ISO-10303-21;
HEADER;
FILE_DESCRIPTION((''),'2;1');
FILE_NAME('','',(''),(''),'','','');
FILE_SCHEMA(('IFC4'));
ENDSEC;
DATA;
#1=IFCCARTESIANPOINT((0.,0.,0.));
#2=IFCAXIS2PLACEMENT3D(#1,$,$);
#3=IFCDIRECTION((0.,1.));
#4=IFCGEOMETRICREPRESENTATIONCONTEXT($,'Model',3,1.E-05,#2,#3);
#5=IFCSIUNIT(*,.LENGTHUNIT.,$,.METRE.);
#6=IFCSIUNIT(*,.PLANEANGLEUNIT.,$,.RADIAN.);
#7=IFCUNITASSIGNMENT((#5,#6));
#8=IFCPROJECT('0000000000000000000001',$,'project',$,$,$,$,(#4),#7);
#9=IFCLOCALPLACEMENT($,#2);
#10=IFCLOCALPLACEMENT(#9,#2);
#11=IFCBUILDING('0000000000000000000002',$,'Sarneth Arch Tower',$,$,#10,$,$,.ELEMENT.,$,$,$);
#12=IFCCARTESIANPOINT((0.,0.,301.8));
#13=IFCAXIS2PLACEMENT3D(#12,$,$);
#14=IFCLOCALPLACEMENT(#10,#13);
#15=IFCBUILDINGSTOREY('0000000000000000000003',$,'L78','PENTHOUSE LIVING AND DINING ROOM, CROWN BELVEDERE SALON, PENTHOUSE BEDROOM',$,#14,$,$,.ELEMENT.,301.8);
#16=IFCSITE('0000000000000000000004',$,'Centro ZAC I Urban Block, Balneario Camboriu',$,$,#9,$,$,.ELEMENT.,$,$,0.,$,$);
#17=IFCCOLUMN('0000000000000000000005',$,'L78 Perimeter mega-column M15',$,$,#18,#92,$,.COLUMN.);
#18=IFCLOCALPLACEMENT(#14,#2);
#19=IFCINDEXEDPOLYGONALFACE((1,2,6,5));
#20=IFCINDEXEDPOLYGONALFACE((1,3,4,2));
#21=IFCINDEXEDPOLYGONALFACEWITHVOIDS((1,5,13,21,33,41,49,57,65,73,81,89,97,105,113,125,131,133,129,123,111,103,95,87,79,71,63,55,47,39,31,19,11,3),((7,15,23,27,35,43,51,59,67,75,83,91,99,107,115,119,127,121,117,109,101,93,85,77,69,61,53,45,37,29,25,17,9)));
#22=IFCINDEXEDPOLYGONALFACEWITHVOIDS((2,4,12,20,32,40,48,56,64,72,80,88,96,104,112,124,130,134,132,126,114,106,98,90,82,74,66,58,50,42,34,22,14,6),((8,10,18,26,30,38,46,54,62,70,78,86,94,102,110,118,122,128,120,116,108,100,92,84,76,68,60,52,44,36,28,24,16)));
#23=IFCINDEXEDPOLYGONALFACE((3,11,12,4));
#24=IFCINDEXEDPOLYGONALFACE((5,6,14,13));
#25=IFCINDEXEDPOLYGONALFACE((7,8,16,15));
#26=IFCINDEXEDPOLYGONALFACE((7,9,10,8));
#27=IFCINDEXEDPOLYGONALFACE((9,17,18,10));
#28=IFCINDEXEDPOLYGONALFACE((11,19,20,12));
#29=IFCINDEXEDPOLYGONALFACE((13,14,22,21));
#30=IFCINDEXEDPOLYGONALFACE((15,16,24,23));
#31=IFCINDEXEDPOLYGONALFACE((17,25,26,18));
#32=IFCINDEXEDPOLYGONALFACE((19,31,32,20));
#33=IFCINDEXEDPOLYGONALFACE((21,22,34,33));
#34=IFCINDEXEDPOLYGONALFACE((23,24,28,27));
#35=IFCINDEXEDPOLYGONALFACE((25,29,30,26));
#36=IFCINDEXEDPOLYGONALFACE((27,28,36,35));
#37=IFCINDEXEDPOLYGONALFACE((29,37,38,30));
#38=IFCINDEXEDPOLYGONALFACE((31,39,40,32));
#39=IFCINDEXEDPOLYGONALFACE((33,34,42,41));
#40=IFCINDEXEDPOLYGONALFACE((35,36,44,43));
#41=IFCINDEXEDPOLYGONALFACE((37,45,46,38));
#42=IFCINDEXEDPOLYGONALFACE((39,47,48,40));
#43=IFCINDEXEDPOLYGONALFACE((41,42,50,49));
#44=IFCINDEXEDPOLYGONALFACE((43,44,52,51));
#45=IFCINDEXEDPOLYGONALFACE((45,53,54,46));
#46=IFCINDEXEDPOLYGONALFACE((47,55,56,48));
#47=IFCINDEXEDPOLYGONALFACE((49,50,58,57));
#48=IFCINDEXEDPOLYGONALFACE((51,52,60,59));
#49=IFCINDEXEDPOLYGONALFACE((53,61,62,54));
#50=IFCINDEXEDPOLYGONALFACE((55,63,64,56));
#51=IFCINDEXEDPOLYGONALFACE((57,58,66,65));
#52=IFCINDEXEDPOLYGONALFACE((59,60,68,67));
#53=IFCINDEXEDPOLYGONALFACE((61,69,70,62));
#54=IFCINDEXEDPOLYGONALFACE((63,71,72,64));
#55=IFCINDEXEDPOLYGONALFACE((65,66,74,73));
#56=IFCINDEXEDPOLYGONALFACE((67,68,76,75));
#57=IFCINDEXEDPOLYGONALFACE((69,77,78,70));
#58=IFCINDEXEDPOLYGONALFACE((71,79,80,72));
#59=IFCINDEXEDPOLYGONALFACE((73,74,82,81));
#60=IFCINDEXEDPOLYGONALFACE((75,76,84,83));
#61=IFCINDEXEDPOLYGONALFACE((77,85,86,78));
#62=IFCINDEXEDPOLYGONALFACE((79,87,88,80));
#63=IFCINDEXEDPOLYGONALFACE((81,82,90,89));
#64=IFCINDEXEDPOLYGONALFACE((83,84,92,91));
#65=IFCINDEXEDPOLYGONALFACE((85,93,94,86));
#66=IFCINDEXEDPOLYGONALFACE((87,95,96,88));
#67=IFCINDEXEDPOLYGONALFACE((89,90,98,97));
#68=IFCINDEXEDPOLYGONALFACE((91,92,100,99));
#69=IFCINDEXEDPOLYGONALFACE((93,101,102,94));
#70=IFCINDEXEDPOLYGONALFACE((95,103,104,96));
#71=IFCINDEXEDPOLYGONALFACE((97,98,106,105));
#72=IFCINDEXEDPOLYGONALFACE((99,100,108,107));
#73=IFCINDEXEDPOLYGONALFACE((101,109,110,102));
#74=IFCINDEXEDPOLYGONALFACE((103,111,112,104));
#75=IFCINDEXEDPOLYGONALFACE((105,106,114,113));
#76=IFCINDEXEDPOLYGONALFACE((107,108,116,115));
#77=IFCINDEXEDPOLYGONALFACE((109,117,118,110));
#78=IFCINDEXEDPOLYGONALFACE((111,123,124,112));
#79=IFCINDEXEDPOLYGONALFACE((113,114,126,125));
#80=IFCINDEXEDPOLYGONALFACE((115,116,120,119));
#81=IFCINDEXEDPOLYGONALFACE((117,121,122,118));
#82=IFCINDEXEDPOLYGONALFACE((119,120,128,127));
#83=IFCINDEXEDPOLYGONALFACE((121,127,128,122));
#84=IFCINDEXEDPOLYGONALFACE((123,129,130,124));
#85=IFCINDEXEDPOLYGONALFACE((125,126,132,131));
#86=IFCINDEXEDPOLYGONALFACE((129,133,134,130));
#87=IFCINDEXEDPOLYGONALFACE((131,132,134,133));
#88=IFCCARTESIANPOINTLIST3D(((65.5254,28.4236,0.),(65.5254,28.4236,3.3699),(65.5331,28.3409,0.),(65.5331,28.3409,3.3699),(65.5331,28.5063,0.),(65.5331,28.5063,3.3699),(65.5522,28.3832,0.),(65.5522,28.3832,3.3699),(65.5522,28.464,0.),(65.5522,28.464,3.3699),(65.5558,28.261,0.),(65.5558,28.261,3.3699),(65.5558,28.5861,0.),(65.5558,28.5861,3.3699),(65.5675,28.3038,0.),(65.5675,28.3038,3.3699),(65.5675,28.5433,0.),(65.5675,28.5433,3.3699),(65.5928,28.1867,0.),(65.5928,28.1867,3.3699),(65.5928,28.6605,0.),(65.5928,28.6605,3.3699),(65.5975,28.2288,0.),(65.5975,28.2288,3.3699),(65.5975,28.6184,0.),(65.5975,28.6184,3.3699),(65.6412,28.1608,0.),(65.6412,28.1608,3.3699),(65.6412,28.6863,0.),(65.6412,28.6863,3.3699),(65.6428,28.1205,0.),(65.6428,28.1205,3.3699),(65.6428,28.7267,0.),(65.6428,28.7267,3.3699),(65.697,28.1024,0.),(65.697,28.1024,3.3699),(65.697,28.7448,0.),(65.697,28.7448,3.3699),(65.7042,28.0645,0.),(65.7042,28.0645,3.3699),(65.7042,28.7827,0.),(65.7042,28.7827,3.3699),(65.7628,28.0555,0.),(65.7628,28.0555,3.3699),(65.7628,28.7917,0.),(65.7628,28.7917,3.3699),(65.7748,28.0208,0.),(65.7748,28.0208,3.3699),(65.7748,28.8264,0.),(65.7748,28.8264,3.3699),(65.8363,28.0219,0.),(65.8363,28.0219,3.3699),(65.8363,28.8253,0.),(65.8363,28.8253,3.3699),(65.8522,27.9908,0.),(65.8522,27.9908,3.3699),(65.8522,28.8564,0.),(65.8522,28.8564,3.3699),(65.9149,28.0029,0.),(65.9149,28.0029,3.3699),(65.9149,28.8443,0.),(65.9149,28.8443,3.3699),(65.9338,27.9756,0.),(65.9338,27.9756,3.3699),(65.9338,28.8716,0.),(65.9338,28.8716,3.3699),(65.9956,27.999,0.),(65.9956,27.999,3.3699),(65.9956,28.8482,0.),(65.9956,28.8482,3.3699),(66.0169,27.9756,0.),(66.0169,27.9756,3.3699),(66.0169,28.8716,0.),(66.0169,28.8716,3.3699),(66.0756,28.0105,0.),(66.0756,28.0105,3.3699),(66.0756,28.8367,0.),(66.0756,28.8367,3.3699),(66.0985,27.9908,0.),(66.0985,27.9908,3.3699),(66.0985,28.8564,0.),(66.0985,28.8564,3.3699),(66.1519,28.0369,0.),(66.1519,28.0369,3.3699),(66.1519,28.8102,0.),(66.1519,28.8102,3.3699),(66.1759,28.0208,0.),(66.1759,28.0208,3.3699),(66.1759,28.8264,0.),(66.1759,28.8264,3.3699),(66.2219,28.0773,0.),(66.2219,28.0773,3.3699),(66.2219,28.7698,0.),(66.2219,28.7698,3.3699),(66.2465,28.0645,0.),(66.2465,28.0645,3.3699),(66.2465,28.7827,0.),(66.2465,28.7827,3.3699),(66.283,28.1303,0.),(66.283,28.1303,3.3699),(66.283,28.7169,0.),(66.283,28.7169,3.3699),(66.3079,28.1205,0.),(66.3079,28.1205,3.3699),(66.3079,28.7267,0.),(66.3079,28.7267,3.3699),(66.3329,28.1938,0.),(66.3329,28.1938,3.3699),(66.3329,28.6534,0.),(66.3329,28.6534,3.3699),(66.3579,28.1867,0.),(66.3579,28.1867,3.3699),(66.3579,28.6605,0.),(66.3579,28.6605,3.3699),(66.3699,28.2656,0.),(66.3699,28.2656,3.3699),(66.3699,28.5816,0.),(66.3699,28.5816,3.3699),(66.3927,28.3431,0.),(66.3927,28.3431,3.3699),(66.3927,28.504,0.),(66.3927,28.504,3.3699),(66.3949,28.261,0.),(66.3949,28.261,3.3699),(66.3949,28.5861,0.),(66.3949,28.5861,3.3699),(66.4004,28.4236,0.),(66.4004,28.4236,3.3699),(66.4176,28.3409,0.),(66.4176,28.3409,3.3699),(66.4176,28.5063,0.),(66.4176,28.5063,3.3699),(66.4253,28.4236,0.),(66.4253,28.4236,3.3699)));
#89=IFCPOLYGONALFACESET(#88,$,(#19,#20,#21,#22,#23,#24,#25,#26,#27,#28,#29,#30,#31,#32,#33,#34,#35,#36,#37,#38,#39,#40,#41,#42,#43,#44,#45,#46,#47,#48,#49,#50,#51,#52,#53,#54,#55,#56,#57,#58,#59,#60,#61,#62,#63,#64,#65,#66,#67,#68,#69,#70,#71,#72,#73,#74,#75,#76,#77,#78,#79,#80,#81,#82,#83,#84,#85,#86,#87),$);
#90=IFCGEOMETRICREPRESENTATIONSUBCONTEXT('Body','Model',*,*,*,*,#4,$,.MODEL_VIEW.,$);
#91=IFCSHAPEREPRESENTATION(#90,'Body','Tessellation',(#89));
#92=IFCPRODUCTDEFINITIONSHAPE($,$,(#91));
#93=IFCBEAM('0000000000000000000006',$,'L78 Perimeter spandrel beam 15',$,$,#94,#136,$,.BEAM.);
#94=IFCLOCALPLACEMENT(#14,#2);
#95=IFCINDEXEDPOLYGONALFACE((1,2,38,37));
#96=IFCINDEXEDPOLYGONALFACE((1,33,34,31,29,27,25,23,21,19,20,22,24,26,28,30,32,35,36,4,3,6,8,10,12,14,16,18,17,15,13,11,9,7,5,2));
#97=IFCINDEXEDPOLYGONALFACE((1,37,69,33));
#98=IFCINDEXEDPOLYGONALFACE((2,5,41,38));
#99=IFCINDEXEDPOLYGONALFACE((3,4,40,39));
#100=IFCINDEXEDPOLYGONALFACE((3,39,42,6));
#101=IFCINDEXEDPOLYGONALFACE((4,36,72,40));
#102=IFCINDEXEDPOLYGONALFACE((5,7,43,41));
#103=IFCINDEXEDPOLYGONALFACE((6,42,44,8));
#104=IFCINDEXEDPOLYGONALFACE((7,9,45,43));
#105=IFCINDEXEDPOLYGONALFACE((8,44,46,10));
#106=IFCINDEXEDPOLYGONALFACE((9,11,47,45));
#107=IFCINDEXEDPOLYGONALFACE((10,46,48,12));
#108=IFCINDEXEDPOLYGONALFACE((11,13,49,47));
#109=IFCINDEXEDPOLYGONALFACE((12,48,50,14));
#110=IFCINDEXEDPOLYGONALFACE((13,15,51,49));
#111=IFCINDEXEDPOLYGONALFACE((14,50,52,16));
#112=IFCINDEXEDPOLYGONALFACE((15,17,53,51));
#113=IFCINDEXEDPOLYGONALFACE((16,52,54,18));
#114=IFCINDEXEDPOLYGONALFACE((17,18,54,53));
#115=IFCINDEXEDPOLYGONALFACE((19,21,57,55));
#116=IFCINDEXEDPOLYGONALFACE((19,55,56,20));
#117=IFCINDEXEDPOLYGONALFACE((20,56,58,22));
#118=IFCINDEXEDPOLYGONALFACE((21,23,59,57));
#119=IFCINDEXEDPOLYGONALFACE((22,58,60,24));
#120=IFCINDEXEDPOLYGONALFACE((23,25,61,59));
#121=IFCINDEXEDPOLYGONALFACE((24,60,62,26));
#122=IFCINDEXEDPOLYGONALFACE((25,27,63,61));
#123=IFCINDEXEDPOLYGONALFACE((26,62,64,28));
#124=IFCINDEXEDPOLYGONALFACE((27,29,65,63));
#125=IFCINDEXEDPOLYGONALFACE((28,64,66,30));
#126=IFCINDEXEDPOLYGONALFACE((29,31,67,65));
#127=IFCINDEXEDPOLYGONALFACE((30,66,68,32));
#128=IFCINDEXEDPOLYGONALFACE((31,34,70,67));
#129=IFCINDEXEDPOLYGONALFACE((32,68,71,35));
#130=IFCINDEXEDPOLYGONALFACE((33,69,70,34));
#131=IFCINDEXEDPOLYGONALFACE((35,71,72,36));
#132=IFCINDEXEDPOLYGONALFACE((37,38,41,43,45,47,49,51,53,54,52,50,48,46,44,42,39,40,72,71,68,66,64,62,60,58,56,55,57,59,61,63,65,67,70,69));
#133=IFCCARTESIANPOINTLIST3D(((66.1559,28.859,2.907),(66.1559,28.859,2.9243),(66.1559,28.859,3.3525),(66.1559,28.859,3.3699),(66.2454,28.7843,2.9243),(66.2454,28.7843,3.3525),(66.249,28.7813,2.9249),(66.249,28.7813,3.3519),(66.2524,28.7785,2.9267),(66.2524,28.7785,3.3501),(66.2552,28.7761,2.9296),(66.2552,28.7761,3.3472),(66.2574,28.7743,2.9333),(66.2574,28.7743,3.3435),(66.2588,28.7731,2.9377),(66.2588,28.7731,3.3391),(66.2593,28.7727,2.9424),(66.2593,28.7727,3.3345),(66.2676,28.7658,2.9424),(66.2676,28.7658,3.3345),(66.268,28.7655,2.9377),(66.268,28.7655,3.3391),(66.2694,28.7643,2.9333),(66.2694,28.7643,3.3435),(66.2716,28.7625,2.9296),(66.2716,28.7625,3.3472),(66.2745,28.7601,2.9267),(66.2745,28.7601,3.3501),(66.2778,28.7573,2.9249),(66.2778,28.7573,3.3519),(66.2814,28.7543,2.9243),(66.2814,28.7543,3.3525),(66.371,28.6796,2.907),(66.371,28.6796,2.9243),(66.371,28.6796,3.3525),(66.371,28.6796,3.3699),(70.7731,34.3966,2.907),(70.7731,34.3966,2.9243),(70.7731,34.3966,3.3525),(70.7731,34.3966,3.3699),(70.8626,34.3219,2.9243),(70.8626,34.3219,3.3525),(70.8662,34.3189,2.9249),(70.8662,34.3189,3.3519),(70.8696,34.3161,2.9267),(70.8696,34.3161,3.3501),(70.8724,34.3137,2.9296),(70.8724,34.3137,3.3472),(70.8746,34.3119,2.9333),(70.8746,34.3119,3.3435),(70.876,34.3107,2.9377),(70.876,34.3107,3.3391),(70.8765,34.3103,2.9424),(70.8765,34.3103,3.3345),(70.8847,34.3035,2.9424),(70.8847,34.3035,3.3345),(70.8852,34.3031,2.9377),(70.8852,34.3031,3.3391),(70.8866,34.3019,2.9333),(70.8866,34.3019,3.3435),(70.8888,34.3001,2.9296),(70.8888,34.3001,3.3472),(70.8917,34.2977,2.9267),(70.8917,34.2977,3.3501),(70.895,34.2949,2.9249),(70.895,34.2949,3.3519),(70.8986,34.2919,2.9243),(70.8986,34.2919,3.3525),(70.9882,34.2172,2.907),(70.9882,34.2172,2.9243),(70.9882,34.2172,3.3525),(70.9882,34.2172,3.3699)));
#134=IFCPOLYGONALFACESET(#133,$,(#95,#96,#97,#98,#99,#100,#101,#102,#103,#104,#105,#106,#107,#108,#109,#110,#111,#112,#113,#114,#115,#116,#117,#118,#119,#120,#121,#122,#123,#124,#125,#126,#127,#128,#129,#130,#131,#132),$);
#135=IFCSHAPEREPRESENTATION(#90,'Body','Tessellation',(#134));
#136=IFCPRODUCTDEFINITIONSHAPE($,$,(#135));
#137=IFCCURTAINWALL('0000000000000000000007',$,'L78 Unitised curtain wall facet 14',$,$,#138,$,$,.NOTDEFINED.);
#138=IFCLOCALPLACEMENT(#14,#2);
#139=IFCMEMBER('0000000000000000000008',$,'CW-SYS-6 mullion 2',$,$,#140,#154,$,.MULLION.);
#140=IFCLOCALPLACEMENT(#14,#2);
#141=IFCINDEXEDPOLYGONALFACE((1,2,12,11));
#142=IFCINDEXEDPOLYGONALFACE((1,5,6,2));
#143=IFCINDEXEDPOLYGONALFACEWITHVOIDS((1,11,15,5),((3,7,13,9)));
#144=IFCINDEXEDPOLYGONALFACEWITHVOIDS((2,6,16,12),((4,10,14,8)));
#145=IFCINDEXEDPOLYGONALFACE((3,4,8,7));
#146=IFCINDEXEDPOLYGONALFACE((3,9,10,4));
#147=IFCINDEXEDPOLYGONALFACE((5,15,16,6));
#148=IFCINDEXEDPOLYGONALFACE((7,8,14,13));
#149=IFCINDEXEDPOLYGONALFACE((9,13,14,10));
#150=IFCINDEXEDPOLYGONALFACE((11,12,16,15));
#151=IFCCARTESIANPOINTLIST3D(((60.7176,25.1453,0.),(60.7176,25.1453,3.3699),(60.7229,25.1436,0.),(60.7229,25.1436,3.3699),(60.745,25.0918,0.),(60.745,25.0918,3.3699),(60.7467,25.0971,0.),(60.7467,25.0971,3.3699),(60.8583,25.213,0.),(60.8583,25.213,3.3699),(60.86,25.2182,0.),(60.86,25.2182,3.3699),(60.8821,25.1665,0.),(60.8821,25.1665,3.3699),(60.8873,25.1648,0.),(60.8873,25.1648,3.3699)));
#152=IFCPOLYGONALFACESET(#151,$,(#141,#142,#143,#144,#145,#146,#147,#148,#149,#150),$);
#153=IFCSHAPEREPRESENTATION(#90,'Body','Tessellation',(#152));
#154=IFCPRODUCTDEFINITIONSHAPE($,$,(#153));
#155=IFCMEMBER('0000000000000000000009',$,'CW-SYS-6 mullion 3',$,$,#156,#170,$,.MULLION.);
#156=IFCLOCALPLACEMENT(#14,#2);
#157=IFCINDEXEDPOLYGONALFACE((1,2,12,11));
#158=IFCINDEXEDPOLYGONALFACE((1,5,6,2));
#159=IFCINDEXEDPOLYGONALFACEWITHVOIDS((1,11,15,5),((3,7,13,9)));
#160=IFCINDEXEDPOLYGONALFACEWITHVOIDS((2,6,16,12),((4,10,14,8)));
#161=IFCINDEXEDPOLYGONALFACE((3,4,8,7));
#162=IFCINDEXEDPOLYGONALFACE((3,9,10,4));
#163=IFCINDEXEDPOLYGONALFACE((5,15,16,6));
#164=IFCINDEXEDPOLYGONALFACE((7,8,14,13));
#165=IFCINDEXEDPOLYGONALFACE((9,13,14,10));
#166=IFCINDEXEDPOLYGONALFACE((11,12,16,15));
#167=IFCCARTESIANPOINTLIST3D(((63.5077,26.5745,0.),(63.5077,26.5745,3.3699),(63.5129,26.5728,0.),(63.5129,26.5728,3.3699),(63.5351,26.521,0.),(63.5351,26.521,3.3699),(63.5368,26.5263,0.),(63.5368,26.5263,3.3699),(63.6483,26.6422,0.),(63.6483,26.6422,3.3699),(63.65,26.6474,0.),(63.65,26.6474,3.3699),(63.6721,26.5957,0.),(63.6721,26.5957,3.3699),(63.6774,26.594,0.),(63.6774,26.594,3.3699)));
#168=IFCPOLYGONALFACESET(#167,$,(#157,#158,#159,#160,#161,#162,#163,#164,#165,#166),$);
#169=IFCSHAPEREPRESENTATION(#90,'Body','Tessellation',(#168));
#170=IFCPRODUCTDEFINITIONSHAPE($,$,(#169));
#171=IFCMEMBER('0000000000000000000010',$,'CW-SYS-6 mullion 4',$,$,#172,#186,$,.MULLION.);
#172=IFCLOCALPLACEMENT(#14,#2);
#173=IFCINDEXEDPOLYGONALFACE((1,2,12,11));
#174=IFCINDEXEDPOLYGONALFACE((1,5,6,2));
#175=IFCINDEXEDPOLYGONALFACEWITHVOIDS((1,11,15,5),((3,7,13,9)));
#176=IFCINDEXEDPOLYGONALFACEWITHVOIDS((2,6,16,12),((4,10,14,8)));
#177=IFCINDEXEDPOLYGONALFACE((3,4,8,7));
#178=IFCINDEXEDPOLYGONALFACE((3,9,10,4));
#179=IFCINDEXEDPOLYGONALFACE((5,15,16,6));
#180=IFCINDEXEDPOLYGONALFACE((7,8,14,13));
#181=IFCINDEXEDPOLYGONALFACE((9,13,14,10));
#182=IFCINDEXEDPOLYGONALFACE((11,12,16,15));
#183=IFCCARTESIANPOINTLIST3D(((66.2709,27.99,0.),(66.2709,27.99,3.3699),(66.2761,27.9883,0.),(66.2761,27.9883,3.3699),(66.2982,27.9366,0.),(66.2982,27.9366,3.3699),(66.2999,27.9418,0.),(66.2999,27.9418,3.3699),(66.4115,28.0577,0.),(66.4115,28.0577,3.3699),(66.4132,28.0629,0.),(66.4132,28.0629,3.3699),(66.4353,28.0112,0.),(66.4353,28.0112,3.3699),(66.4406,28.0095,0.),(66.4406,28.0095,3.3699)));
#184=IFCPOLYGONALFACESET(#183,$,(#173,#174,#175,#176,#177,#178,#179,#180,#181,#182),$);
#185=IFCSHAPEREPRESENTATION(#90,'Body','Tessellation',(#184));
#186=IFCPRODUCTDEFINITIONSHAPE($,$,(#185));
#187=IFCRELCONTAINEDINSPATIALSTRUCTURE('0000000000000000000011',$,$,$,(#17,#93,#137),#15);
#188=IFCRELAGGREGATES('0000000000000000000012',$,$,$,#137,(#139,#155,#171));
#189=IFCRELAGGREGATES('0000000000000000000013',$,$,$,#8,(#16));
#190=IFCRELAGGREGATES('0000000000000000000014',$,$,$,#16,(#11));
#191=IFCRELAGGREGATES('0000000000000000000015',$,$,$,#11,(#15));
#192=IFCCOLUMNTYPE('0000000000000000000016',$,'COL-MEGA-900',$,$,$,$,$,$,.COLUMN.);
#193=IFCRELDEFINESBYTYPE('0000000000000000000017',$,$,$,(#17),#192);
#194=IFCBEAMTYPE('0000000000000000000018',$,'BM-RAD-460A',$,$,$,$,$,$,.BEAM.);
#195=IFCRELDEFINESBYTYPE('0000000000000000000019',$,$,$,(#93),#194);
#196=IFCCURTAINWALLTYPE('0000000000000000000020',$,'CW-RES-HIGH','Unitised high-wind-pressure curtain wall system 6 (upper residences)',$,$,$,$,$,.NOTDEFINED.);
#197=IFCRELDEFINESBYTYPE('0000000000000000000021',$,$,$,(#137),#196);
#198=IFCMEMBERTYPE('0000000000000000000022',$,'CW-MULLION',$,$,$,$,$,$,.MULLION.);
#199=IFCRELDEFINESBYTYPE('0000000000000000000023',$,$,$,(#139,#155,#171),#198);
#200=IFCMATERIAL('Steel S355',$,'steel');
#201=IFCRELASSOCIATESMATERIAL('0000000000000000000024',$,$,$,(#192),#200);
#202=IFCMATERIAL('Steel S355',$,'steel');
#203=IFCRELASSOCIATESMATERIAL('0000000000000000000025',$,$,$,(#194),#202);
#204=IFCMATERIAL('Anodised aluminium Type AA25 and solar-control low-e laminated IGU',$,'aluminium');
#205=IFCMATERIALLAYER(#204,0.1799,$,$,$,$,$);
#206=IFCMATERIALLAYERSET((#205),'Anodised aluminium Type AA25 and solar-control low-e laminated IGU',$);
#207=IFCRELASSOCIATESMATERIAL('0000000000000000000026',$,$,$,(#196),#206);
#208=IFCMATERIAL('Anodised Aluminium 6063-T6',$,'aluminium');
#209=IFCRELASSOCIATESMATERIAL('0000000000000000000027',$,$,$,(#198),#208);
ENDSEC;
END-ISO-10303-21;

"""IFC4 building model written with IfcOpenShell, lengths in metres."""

from ifc_helpers import new_model, si_unit, direction, frame, origin, origin_2d, place, context, subcontext, project, spatial, hollow_rectangle, hollow_circle, i_section, extrude, material, layer, layer_set, material_profile, profile_set, type_object, element, aggregate, save


model = new_model("IFC4")

# Units and contexts
model_context = context("Model", 3, precision=1e-05, world=origin(), true_north=direction((0.0, 1.0)))
body_context = subcontext(model_context, "Body", "Model", "MODEL_VIEW")
ifc_project = project(units=[si_unit("LENGTHUNIT", "METRE"), si_unit("PLANEANGLEUNIT", "RADIAN")], contexts=[model_context])

# Site, building, storey
site_placement = place(None, origin())
site = spatial("IfcSite", under=ifc_project, at=site_placement, Name="Centro ZAC I Urban Block, Balneario Camboriu", CompositionType="ELEMENT", RefElevation=0.0)
building_placement = place(site_placement, origin())
building = spatial("IfcBuilding", under=site, at=building_placement, Name="Sarneth Arch Tower", CompositionType="ELEMENT")
storey_placement = place(building_placement, frame((0.0, 0.0, 301.8)))
storey = spatial("IfcBuildingStorey", under=building, at=storey_placement, Name="L78", Description="PENTHOUSE LIVING AND DINING ROOM, CROWN BELVEDERE SALON, PENTHOUSE BEDROOM", CompositionType="ELEMENT", Elevation=301.8)

# Column
ifc_material_1 = material(Name="Steel S355", Category="steel")
ifc_material_profile_1 = material_profile(ifc_material_1, hollow_circle(Radius=0.45, WallThickness=0.0249, at=origin_2d()), Name="CHS900x25")
ifc_profile_set_1 = profile_set([ifc_material_profile_1], Name="Steel S355")
column_type = type_object("IfcColumnType", Name="COL-MEGA-900", PredefinedType="COLUMN", material=ifc_profile_set_1)
column_placement = place(storey_placement, frame((65.9753, 28.4236, 0.0), z_axis=(0.0, 0.0, 1.0), x_axis=(1.0, 0.0, 0.0)))
element("IfcColumn", 1, at=column_placement, inside=storey, type_object=column_type, Name="L78 Perimeter mega-column M15", PredefinedType="COLUMN", context=body_context, shape_type="SweptSolid", body=[
    extrude(hollow_circle(Radius=0.45, WallThickness=0.0249, at=origin_2d()), origin(), (0.0, 0.0, 1.0), 3.3699),
])

# Beam
ifc_material_2 = material(Name="Steel S355", Category="steel")
ifc_material_profile_2 = material_profile(ifc_material_2, i_section(OverallWidth=0.28, OverallDepth=0.4629, WebThickness=0.0107, FlangeThickness=0.0173, FilletRadius=0.0181, at=origin_2d()), Name="W460x113")
ifc_profile_set_2 = profile_set([ifc_material_profile_2], Name="Steel S355")
beam_type = type_object("IfcBeamType", Name="BM-RAD-460A", PredefinedType="BEAM", material=ifc_profile_set_2)
beam_placement = place(storey_placement, frame((66.2634, 28.7693, 3.1384), z_axis=(0.640391, 0.768049, 0.0), x_axis=(-0.768049, 0.640391, 0.0)))
element("IfcBeam", 2, at=beam_placement, inside=storey, type_object=beam_type, Name="L78 Perimeter spandrel beam 15", PredefinedType="BEAM", context=body_context, shape_type="SweptSolid", body=[
    extrude(i_section(OverallWidth=0.28, OverallDepth=0.4629, WebThickness=0.0107, FlangeThickness=0.0173, FilletRadius=0.0181, at=origin_2d()), origin(), (0.0, 0.0, 1.0), 7.21),
])

# Curtain wall, members
ifc_material_3 = material(Name="Anodised aluminium Type AA25 and solar-control low-e laminated IGU", Category="aluminium")
ifc_layer_1 = layer(ifc_material_3, 0.1799)
ifc_layer_set_1 = layer_set([ifc_layer_1], Name="Anodised aluminium Type AA25 and solar-control low-e laminated IGU")
curtain_wall_type = type_object("IfcCurtainWallType", Name="CW-RES-HIGH", Description="Unitised high-wind-pressure curtain wall system 6 (upper residences)", PredefinedType="NOTDEFINED", material=ifc_layer_set_1)
curtain_wall_placement = place(storey_placement, origin())
curtain_wall = element("IfcCurtainWall", 3, at=curtain_wall_placement, inside=storey, type_object=curtain_wall_type, Name="L78 Unitised curtain wall facet 14", PredefinedType="NOTDEFINED")
ifc_material_4 = material(Name="Anodised Aluminium 6063-T6", Category="aluminium")
ifc_material_profile_3 = material_profile(ifc_material_4, hollow_rectangle(XDim=0.0601, YDim=0.1599, WallThickness=0.0039, at=origin_2d()), Name="AL-MULL-160x60x4")
ifc_profile_set_3 = profile_set([ifc_material_profile_3], Name="Anodised Aluminium 6063-T6")
member_type_1 = type_object("IfcMemberType", Name="CW-MULLION", PredefinedType="MULLION", material=ifc_profile_set_3)
member_1_placement = place(storey_placement, frame((60.8025, 25.155, 0.0), z_axis=(0.0, 0.0, 1.0), x_axis=(-0.455942, 0.89001, 0.0)))
member_1 = element("IfcMember", 4, at=member_1_placement, type_object=member_type_1, Name="CW-SYS-6 mullion 2", PredefinedType="MULLION", context=body_context, shape_type="SweptSolid", body=[
    extrude(hollow_rectangle(XDim=0.0601, YDim=0.1599, WallThickness=0.0039, at=origin_2d()), origin(), (0.0, 0.0, 1.0), 3.3699),
])
member_2_placement = place(storey_placement, frame((63.5925, 26.5842, 0.0), z_axis=(0.0, 0.0, 1.0), x_axis=(-0.455942, 0.89001, 0.0)))
member_2 = element("IfcMember", 5, at=member_2_placement, type_object=member_type_1, Name="CW-SYS-6 mullion 3", PredefinedType="MULLION", context=body_context, shape_type="SweptSolid", body=[
    extrude(hollow_rectangle(XDim=0.0601, YDim=0.1599, WallThickness=0.0039, at=origin_2d()), origin(), (0.0, 0.0, 1.0), 3.3699),
])
member_3_placement = place(storey_placement, frame((66.3557, 27.9998, 0.0), z_axis=(0.0, 0.0, 1.0), x_axis=(-0.455942, 0.89001, 0.0)))
member_3 = element("IfcMember", 6, at=member_3_placement, type_object=member_type_1, Name="CW-SYS-6 mullion 4", PredefinedType="MULLION", context=body_context, shape_type="SweptSolid", body=[
    extrude(hollow_rectangle(XDim=0.0601, YDim=0.1599, WallThickness=0.0039, at=origin_2d()), origin(), (0.0, 0.0, 1.0), 3.3699),
])

aggregate(curtain_wall, [member_1, member_2, member_3])

save(model, "model.ifc")
